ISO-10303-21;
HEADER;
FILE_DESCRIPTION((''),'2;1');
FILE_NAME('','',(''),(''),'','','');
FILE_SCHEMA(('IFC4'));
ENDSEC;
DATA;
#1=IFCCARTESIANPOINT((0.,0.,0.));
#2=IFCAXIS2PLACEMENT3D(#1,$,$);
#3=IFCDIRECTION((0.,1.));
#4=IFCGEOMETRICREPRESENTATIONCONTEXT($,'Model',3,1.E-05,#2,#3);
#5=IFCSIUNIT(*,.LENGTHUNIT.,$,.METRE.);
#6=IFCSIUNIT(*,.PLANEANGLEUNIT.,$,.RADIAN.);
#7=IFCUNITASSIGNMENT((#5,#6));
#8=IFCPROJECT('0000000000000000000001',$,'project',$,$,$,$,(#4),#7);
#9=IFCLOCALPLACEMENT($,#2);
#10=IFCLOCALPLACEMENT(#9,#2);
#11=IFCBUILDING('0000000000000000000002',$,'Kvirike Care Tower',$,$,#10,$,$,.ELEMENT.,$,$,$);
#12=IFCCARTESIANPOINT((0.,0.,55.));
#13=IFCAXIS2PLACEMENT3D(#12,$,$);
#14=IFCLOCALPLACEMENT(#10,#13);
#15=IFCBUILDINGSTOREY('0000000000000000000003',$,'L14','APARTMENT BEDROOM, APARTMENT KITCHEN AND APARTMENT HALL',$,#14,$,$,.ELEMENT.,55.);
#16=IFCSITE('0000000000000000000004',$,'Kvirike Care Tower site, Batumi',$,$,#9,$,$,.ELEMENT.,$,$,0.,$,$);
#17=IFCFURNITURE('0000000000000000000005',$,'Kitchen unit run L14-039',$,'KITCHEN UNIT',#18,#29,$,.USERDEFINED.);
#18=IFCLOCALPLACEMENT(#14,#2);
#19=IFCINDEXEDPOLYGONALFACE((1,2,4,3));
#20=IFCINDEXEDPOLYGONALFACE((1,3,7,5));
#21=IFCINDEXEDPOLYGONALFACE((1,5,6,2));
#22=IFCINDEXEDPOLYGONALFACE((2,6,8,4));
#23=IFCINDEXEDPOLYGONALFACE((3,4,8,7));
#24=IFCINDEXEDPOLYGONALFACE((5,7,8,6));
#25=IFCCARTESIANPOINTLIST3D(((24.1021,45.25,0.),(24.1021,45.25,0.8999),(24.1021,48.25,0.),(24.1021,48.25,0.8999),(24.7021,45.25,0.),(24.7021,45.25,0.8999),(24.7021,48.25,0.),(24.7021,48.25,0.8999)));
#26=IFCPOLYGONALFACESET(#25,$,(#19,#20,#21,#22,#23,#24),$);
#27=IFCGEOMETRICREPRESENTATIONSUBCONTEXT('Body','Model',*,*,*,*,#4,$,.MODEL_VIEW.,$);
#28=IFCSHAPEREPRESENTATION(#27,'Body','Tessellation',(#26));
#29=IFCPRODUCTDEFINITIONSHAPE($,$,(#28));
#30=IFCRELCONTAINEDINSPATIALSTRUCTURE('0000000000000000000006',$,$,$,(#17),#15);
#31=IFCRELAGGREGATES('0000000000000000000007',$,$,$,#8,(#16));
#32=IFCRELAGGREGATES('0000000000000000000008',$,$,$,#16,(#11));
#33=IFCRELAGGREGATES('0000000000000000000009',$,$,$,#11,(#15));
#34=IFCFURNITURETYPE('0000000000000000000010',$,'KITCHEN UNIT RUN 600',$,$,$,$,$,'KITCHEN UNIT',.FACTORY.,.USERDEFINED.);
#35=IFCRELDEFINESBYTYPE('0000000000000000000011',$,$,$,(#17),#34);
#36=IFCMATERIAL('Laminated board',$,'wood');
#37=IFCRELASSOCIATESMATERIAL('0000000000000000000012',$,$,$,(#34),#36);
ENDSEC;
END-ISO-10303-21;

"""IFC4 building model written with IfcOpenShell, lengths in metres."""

from ifc_helpers import new_model, si_unit, direction, frame, origin, origin_2d, place, context, subcontext, project, spatial, rectangle, extrude, material, type_object, element, save


model = new_model("IFC4")

# Units and contexts
model_context = context("Model", 3, precision=1e-05, world=origin(), true_north=direction((0.0, 1.0)))
body_context = subcontext(model_context, "Body", "Model", "MODEL_VIEW")
ifc_project = project(units=[si_unit("LENGTHUNIT", "METRE"), si_unit("PLANEANGLEUNIT", "RADIAN")], contexts=[model_context])

# Site, building, storey
site_placement = place(None, origin())
site = spatial("IfcSite", under=ifc_project, at=site_placement, Name="Kvirike Care Tower site, Batumi", CompositionType="ELEMENT", RefElevation=0.0)
building_placement = place(site_placement, origin())
building = spatial("IfcBuilding", under=site, at=building_placement, Name="Kvirike Care Tower", CompositionType="ELEMENT")
storey_placement = place(building_placement, frame((0.0, 0.0, 55.0)))
storey = spatial("IfcBuildingStorey", under=building, at=storey_placement, Name="L14", Description="APARTMENT BEDROOM, APARTMENT KITCHEN AND APARTMENT HALL", CompositionType="ELEMENT", Elevation=55.0)

# Furniture
ifc_material_1 = material(Name="Laminated board", Category="wood")
furniture_type = type_object("IfcFurnitureType", Name="KITCHEN UNIT RUN 600", ElementType="KITCHEN UNIT", AssemblyPlace="FACTORY", PredefinedType="USERDEFINED", material=ifc_material_1)
furniture_placement = place(storey_placement, frame((24.4021, 46.75, 0.0), z_axis=(0.0, 0.0, 1.0), x_axis=(0.0, 1.0, 0.0)))
element("IfcFurniture", 1, at=furniture_placement, inside=storey, type_object=furniture_type, Name="Kitchen unit run L14-039", ObjectType="KITCHEN UNIT", PredefinedType="USERDEFINED", context=body_context, shape_type="SweptSolid", body=[
    extrude(rectangle(XDim=3.0, YDim=0.6001, at=origin_2d()), origin(), (0.0, 0.0, 1.0), 0.8999),
])

save(model, "model.ifc")
